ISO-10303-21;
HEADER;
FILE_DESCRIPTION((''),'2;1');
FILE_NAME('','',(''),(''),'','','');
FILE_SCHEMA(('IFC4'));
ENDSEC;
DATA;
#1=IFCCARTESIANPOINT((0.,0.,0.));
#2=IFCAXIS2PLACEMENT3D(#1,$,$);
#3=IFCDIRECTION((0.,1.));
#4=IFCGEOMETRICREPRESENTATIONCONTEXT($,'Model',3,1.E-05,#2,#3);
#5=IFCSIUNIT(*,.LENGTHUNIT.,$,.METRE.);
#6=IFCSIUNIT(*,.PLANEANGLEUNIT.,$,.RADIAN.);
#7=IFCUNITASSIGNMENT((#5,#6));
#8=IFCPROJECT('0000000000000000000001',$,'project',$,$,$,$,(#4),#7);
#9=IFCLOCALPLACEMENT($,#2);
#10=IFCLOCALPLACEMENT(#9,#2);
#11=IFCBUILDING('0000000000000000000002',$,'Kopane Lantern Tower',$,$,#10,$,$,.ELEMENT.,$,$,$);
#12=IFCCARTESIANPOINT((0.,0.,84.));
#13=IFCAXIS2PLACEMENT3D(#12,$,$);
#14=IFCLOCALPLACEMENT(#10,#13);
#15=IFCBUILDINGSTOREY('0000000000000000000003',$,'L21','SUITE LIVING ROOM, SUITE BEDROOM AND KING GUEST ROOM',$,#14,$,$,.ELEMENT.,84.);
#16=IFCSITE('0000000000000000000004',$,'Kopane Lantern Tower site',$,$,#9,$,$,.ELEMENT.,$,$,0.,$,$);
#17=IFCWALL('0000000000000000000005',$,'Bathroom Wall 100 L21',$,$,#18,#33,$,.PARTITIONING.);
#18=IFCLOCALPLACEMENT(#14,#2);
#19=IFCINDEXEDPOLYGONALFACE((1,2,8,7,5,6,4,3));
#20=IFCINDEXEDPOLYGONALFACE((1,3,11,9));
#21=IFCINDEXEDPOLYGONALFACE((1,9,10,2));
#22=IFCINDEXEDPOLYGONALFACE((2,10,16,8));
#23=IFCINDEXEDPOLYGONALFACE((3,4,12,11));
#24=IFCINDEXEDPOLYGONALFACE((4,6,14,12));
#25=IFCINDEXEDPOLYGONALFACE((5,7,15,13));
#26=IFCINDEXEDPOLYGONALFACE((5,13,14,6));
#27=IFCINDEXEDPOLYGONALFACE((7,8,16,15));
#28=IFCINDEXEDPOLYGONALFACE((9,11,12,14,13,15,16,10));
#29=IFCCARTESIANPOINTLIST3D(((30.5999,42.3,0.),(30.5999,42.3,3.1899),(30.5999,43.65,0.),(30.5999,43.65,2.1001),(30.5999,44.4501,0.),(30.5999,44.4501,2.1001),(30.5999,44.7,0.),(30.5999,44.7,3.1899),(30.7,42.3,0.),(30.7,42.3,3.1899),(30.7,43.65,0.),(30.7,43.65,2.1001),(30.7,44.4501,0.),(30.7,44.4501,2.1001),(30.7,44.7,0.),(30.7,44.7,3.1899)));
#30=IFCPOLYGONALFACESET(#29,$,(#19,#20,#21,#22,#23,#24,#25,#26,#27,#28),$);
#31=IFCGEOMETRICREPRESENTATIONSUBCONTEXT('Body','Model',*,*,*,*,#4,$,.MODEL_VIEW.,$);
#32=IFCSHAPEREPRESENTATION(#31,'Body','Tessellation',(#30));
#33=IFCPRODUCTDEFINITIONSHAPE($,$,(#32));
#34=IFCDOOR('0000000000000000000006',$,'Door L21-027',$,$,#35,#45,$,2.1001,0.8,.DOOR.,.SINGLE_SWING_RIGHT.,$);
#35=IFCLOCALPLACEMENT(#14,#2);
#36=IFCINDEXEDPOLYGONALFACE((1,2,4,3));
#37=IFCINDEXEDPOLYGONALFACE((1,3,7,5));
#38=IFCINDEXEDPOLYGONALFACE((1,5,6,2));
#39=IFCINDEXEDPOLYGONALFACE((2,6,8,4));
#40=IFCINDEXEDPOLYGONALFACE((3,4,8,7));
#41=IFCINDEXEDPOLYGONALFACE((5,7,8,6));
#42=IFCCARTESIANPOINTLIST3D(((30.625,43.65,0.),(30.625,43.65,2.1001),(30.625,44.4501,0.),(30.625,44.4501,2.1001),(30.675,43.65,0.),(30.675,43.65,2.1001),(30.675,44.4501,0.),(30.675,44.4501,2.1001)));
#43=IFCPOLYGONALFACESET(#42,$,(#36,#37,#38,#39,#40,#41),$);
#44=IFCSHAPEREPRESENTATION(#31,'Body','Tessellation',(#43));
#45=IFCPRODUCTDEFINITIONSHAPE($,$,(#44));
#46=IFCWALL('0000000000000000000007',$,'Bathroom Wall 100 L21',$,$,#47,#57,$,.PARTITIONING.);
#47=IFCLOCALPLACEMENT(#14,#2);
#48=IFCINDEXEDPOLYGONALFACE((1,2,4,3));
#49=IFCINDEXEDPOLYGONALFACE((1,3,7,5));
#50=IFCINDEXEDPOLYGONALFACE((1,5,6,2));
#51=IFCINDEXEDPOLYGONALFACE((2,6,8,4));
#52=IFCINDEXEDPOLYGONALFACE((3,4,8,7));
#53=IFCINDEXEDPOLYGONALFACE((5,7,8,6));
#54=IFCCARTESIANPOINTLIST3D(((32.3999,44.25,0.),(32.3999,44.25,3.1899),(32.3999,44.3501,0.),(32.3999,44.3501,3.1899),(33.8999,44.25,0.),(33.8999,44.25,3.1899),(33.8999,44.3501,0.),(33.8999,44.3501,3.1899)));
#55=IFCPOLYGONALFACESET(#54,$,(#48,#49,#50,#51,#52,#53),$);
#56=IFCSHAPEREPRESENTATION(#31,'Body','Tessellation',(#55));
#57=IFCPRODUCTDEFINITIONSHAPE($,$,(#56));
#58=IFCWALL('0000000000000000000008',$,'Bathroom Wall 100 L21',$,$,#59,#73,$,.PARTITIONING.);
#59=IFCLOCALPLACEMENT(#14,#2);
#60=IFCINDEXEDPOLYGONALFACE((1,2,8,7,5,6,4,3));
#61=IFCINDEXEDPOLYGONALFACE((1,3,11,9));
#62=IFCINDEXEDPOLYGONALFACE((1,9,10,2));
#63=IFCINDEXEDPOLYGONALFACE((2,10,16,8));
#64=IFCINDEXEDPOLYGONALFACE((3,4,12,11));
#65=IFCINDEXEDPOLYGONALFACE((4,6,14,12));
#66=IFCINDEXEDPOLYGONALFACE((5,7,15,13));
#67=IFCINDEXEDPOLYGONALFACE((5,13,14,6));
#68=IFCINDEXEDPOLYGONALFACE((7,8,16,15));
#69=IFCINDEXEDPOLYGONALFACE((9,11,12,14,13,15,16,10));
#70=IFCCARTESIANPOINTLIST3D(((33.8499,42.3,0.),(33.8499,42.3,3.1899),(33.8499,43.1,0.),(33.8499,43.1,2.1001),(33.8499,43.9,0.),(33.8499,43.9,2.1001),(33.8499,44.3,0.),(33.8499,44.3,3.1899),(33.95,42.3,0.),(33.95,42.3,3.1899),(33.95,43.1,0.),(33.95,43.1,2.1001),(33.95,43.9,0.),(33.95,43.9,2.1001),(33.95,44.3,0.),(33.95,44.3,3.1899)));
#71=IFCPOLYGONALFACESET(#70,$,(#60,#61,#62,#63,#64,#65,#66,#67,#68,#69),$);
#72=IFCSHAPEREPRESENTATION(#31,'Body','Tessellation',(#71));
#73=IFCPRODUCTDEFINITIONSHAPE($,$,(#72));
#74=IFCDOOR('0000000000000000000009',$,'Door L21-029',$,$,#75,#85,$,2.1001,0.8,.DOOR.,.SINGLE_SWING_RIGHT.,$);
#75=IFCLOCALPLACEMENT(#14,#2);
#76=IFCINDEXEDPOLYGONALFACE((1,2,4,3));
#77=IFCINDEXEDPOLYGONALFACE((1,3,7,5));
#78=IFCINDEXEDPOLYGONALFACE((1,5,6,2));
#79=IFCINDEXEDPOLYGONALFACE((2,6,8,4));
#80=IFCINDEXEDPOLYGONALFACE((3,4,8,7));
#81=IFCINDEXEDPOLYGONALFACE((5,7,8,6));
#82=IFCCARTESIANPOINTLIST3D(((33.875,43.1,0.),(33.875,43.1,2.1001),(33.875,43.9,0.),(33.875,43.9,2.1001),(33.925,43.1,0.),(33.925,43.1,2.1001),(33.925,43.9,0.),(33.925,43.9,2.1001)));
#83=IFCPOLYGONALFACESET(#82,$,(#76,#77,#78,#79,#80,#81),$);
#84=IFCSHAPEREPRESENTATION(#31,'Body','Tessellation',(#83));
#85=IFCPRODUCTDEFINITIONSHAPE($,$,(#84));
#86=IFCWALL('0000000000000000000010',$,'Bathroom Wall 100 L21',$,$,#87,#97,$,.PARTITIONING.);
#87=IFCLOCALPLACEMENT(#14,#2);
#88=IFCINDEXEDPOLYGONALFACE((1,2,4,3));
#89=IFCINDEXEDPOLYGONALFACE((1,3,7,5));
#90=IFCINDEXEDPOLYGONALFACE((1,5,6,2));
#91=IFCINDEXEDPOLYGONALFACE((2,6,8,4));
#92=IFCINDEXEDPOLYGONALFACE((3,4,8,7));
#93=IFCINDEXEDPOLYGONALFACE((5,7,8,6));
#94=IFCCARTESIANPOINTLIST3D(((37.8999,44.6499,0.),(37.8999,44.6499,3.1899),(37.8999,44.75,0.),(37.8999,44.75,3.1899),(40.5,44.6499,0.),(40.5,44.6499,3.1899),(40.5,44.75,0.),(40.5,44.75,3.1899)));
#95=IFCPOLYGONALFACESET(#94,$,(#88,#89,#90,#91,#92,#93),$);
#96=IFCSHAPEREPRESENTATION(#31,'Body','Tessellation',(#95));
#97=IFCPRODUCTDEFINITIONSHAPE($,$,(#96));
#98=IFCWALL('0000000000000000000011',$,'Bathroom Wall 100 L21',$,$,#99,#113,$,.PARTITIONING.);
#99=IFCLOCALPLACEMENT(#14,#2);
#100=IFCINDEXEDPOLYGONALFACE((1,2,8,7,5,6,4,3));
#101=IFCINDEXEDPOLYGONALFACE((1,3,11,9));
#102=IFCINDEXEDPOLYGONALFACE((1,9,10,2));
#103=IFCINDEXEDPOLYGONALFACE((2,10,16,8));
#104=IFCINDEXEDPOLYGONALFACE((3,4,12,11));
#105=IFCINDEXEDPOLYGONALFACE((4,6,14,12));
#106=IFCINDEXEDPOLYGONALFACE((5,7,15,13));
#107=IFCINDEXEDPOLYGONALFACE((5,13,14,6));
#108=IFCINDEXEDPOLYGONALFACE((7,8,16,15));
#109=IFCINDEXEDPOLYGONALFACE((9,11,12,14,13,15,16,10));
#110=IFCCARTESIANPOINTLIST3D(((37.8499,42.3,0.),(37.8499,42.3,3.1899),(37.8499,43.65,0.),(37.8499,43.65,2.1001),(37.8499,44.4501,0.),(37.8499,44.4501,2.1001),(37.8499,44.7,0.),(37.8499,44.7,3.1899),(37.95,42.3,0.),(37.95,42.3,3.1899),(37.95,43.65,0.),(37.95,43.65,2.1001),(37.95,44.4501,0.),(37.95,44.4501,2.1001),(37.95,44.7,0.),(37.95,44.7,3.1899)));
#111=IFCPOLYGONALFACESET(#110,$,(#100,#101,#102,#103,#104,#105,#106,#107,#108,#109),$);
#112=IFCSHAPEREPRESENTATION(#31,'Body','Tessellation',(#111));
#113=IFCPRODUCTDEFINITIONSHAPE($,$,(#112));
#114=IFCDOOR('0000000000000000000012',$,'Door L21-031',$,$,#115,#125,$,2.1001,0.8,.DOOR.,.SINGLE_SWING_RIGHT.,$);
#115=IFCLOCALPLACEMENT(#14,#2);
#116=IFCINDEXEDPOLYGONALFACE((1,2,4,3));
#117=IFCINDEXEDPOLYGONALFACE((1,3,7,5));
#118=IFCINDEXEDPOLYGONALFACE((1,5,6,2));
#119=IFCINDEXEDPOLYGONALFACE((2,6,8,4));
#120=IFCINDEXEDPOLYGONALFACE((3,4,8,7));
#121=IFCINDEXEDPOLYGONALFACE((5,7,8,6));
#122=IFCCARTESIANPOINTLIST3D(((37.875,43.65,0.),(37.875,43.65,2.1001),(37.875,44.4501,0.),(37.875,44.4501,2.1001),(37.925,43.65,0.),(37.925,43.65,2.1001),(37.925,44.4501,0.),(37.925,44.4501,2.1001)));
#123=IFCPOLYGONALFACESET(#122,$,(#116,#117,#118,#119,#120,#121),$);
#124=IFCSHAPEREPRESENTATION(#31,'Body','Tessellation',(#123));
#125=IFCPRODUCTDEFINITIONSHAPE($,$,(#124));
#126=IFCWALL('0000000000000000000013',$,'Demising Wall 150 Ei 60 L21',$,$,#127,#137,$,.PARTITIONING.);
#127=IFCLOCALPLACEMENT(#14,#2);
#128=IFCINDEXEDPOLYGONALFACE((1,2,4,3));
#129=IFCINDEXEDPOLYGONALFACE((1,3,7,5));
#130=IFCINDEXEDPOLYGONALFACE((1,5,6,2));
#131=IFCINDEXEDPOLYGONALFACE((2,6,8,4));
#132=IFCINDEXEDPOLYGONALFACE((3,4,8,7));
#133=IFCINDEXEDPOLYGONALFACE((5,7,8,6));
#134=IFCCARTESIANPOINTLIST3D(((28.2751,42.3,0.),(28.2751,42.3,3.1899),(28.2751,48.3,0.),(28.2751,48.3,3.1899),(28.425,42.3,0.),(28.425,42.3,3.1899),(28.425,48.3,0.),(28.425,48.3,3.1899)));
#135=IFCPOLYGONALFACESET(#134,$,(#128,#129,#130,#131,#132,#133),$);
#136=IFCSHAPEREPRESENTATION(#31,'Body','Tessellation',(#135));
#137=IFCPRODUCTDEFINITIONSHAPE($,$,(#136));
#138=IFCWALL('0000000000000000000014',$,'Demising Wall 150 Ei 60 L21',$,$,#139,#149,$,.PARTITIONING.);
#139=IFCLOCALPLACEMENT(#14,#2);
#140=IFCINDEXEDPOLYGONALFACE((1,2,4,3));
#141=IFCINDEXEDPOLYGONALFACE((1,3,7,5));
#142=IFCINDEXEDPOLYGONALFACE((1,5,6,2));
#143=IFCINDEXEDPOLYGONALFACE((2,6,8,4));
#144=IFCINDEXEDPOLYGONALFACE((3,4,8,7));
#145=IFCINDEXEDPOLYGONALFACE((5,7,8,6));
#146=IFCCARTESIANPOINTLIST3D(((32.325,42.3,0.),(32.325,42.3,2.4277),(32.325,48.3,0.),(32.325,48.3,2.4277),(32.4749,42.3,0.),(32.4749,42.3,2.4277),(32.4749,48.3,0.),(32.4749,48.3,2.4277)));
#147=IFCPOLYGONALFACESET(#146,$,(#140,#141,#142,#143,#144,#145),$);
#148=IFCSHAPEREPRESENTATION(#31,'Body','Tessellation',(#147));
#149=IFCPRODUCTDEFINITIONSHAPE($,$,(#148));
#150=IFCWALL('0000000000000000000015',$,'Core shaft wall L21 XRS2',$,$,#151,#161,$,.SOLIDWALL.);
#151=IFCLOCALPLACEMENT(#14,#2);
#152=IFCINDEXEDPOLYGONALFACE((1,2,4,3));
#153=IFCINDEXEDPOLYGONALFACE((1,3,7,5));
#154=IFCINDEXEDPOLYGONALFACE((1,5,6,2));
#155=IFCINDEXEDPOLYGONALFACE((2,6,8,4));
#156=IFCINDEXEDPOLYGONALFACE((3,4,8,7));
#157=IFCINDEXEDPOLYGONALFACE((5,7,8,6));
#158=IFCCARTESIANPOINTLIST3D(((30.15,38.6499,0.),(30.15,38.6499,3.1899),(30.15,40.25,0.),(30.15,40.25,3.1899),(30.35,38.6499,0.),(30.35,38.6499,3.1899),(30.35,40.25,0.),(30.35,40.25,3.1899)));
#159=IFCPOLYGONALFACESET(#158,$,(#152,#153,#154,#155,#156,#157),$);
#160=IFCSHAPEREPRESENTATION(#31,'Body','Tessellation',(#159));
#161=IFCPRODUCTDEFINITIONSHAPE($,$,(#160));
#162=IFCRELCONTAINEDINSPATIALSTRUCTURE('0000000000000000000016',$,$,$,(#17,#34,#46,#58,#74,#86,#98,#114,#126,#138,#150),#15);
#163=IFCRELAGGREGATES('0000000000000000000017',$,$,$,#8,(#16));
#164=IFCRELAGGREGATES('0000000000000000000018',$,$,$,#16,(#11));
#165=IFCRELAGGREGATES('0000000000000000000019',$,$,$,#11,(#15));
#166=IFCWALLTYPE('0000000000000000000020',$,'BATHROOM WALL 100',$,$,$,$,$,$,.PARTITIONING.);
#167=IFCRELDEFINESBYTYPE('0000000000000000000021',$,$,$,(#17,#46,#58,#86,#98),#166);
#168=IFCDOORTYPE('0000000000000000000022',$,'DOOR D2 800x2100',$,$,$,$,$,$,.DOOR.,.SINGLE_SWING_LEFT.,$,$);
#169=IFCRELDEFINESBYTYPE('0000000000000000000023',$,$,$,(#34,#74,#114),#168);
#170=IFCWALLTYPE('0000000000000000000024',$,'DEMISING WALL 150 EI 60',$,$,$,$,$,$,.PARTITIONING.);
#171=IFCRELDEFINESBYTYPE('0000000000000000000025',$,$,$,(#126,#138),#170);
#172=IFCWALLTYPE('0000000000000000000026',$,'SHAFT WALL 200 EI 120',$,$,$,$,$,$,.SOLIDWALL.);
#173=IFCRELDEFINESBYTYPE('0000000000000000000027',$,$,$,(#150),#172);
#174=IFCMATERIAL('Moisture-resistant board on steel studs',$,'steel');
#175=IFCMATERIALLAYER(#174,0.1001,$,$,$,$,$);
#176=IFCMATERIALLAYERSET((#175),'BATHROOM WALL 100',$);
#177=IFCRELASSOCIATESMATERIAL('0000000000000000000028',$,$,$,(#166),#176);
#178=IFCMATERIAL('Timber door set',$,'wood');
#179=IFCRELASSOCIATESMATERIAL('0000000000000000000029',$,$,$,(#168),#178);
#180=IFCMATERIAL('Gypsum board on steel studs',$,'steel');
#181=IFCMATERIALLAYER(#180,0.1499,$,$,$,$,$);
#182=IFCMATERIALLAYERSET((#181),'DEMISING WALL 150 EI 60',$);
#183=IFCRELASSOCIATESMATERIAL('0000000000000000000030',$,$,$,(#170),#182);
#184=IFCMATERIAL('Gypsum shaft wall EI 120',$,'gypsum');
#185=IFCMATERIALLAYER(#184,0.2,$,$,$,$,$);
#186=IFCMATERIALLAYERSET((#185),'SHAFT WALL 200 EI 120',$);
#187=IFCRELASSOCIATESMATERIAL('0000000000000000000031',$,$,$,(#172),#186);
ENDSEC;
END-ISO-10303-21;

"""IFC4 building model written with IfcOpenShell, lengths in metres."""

from ifc_helpers import new_model, si_unit, direction, frame, frame_2d, origin, place, context, subcontext, project, spatial, rectangle, extrude, material, layer, layer_set, type_object, element, fill, save


model = new_model("IFC4")

# Units and contexts
model_context = context("Model", 3, precision=1e-05, world=origin(), true_north=direction((0.0, 1.0)))
body_context = subcontext(model_context, "Body", "Model", "MODEL_VIEW")
ifc_project = project(units=[si_unit("LENGTHUNIT", "METRE"), si_unit("PLANEANGLEUNIT", "RADIAN")], contexts=[model_context])

# Site, building, storey
site_placement = place(None, origin())
site = spatial("IfcSite", under=ifc_project, at=site_placement, Name="Kopane Lantern Tower site", CompositionType="ELEMENT", RefElevation=0.0)
building_placement = place(site_placement, origin())
building = spatial("IfcBuilding", under=site, at=building_placement, Name="Kopane Lantern Tower", CompositionType="ELEMENT")
storey_placement = place(building_placement, frame((0.0, 0.0, 84.0)))
storey = spatial("IfcBuildingStorey", under=building, at=storey_placement, Name="L21", Description="SUITE LIVING ROOM, SUITE BEDROOM AND KING GUEST ROOM", CompositionType="ELEMENT", Elevation=84.0)

# Shared definitions
ifc_material_1 = material(Name="Moisture-resistant board on steel studs", Category="steel")
ifc_layer_1 = layer(ifc_material_1, 0.1001)
ifc_layer_set_1 = layer_set([ifc_layer_1], Name="BATHROOM WALL 100")
wall_type_1 = type_object("IfcWallType", Name="BATHROOM WALL 100", PredefinedType="PARTITIONING", material=ifc_layer_set_1)
ifc_material_2 = material(Name="Timber door set", Category="wood")
door_type_1 = type_object("IfcDoorType", Name="DOOR D2 800x2100", OperationType="SINGLE_SWING_LEFT", PredefinedType="DOOR", material=ifc_material_2)

# Wall, opening, door
wall_1_placement = place(storey_placement, frame((30.6499, 42.3, 0.0), z_axis=(0.0, 0.0, 1.0), x_axis=(0.0, 1.0, 0.0)))
wall_1 = element("IfcWall", 1, at=wall_1_placement, inside=storey, type_object=wall_type_1, Name="Bathroom Wall 100 L21", PredefinedType="PARTITIONING", context=body_context, shape_type="SweptSolid", body=[
    extrude(rectangle(XDim=2.3999, YDim=0.1001, at=frame_2d((1.2, 0.0))), origin(), (0.0, 0.0, 1.0), 3.1899),
])
opening_1_placement = place(wall_1_placement, frame((1.3501, 0.0, 0.0)))
opening_1 = element("IfcOpeningElement", 2, at=opening_1_placement, cuts=wall_1, PredefinedType="OPENING", context=body_context, shape_type="SweptSolid", body=[
    extrude(rectangle(XDim=0.8, YDim=2.1001, at=frame_2d((0.3999, 1.05))), frame((0.0, 0.0601, 0.0), z_axis=(0.0, -1.0, 0.0), x_axis=(1.0, 0.0, 0.0)), (0.0, 0.0, 1.0), 0.1201),
])
door_1_placement = place(opening_1_placement, origin())
door_1 = element("IfcDoor", 3, at=door_1_placement, inside=storey, type_object=door_type_1, Name="Door L21-027", OperationType="SINGLE_SWING_RIGHT", OverallHeight=2.1001, OverallWidth=0.8, PredefinedType="DOOR", context=body_context, shape_type="SweptSolid", body=[
    extrude(rectangle(XDim=0.8, YDim=2.1001, at=frame_2d((0.3999, 1.05))), frame((0.0, 0.0249, 0.0), z_axis=(0.0, -1.0, 0.0), x_axis=(1.0, 0.0, 0.0)), (0.0, 0.0, 1.0), 0.05),
])
fill(opening_1, door_1)

# Wall
wall_2_placement = place(storey_placement, frame((32.3999, 44.3, 0.0), z_axis=(0.0, 0.0, 1.0), x_axis=(1.0, 0.0, 0.0)))
element("IfcWall", 4, at=wall_2_placement, inside=storey, type_object=wall_type_1, Name="Bathroom Wall 100 L21", PredefinedType="PARTITIONING", context=body_context, shape_type="SweptSolid", body=[
    extrude(rectangle(XDim=1.5, YDim=0.1001, at=frame_2d((0.75, 0.0))), origin(), (0.0, 0.0, 1.0), 3.1899),
])

# Wall, opening, door
wall_3_placement = place(storey_placement, frame((33.8999, 42.3, 0.0), z_axis=(0.0, 0.0, 1.0), x_axis=(0.0, 1.0, 0.0)))
wall_3 = element("IfcWall", 5, at=wall_3_placement, inside=storey, type_object=wall_type_1, Name="Bathroom Wall 100 L21", PredefinedType="PARTITIONING", context=body_context, shape_type="SweptSolid", body=[
    extrude(rectangle(XDim=2.0, YDim=0.1001, at=frame_2d((1.0, 0.0))), origin(), (0.0, 0.0, 1.0), 3.1899),
])
opening_2_placement = place(wall_3_placement, frame((0.8, 0.0, 0.0)))
opening_2 = element("IfcOpeningElement", 6, at=opening_2_placement, cuts=wall_3, PredefinedType="OPENING", context=body_context, shape_type="SweptSolid", body=[
    extrude(rectangle(XDim=0.8, YDim=2.1001, at=frame_2d((0.3999, 1.05))), frame((0.0, 0.0601, 0.0), z_axis=(0.0, -1.0, 0.0), x_axis=(1.0, 0.0, 0.0)), (0.0, 0.0, 1.0), 0.1201),
])
door_2_placement = place(opening_2_placement, origin())
door_2 = element("IfcDoor", 7, at=door_2_placement, inside=storey, type_object=door_type_1, Name="Door L21-029", OperationType="SINGLE_SWING_RIGHT", OverallHeight=2.1001, OverallWidth=0.8, PredefinedType="DOOR", context=body_context, shape_type="SweptSolid", body=[
    extrude(rectangle(XDim=0.8, YDim=2.1001, at=frame_2d((0.3999, 1.05))), frame((0.0, 0.0249, 0.0), z_axis=(0.0, -1.0, 0.0), x_axis=(1.0, 0.0, 0.0)), (0.0, 0.0, 1.0), 0.05),
])
fill(opening_2, door_2)

# Wall
wall_4_placement = place(storey_placement, frame((37.8999, 44.7, 0.0), z_axis=(0.0, 0.0, 1.0), x_axis=(1.0, 0.0, 0.0)))
element("IfcWall", 8, at=wall_4_placement, inside=storey, type_object=wall_type_1, Name="Bathroom Wall 100 L21", PredefinedType="PARTITIONING", context=body_context, shape_type="SweptSolid", body=[
    extrude(rectangle(XDim=2.6001, YDim=0.1001, at=frame_2d((1.3, 0.0))), origin(), (0.0, 0.0, 1.0), 3.1899),
])

# Wall, opening, door
wall_5_placement = place(storey_placement, frame((37.8999, 42.3, 0.0), z_axis=(0.0, 0.0, 1.0), x_axis=(0.0, 1.0, 0.0)))
wall_5 = element("IfcWall", 9, at=wall_5_placement, inside=storey, type_object=wall_type_1, Name="Bathroom Wall 100 L21", PredefinedType="PARTITIONING", context=body_context, shape_type="SweptSolid", body=[
    extrude(rectangle(XDim=2.3999, YDim=0.1001, at=frame_2d((1.2, 0.0))), origin(), (0.0, 0.0, 1.0), 3.1899),
])
opening_3_placement = place(wall_5_placement, frame((1.3501, 0.0, 0.0)))
opening_3 = element("IfcOpeningElement", 10, at=opening_3_placement, cuts=wall_5, PredefinedType="OPENING", context=body_context, shape_type="SweptSolid", body=[
    extrude(rectangle(XDim=0.8, YDim=2.1001, at=frame_2d((0.3999, 1.05))), frame((0.0, 0.0601, 0.0), z_axis=(0.0, -1.0, 0.0), x_axis=(1.0, 0.0, 0.0)), (0.0, 0.0, 1.0), 0.1201),
])
door_3_placement = place(opening_3_placement, origin())
door_3 = element("IfcDoor", 11, at=door_3_placement, inside=storey, type_object=door_type_1, Name="Door L21-031", OperationType="SINGLE_SWING_RIGHT", OverallHeight=2.1001, OverallWidth=0.8, PredefinedType="DOOR", context=body_context, shape_type="SweptSolid", body=[
    extrude(rectangle(XDim=0.8, YDim=2.1001, at=frame_2d((0.3999, 1.05))), frame((0.0, 0.0249, 0.0), z_axis=(0.0, -1.0, 0.0), x_axis=(1.0, 0.0, 0.0)), (0.0, 0.0, 1.0), 0.05),
])
fill(opening_3, door_3)

# Walls
ifc_material_3 = material(Name="Gypsum board on steel studs", Category="steel")
ifc_layer_2 = layer(ifc_material_3, 0.1499)
ifc_layer_set_2 = layer_set([ifc_layer_2], Name="DEMISING WALL 150 EI 60")
wall_type_2 = type_object("IfcWallType", Name="DEMISING WALL 150 EI 60", PredefinedType="PARTITIONING", material=ifc_layer_set_2)
wall_6_placement = place(storey_placement, frame((28.3501, 42.3, 0.0), z_axis=(0.0, 0.0, 1.0), x_axis=(0.0, 1.0, 0.0)))
element("IfcWall", 12, at=wall_6_placement, inside=storey, type_object=wall_type_2, Name="Demising Wall 150 Ei 60 L21", PredefinedType="PARTITIONING", context=body_context, shape_type="SweptSolid", body=[
    extrude(rectangle(XDim=6.0, YDim=0.1499, at=frame_2d((3.0, 0.0))), origin(), (0.0, 0.0, 1.0), 3.1899),
])
wall_7_placement = place(storey_placement, frame((32.3999, 42.3, 0.0), z_axis=(0.0, 0.0, 1.0), x_axis=(0.0, 1.0, 0.0)))
element("IfcWall", 13, at=wall_7_placement, inside=storey, type_object=wall_type_2, Name="Demising Wall 150 Ei 60 L21", PredefinedType="PARTITIONING", context=body_context, shape_type="SweptSolid", body=[
    extrude(rectangle(XDim=6.0, YDim=0.1499, at=frame_2d((3.0, 0.0))), origin(), (0.0, 0.0, 1.0), 2.4277),
])
ifc_material_4 = material(Name="Gypsum shaft wall EI 120", Category="gypsum")
ifc_layer_3 = layer(ifc_material_4, 0.2)
ifc_layer_set_3 = layer_set([ifc_layer_3], Name="SHAFT WALL 200 EI 120")
wall_type_3 = type_object("IfcWallType", Name="SHAFT WALL 200 EI 120", PredefinedType="SOLIDWALL", material=ifc_layer_set_3)
wall_8_placement = place(storey_placement, frame((30.25, 38.6499, 0.0), z_axis=(0.0, 0.0, 1.0), x_axis=(0.0, 1.0, 0.0)))
element("IfcWall", 14, at=wall_8_placement, inside=storey, type_object=wall_type_3, Name="Core shaft wall L21 XRS2", PredefinedType="SOLIDWALL", context=body_context, shape_type="SweptSolid", body=[
    extrude(rectangle(XDim=1.6001, YDim=0.2, at=frame_2d((0.8, 0.0))), origin(), (0.0, 0.0, 1.0), 3.1899),
])

save(model, "model.ifc")
